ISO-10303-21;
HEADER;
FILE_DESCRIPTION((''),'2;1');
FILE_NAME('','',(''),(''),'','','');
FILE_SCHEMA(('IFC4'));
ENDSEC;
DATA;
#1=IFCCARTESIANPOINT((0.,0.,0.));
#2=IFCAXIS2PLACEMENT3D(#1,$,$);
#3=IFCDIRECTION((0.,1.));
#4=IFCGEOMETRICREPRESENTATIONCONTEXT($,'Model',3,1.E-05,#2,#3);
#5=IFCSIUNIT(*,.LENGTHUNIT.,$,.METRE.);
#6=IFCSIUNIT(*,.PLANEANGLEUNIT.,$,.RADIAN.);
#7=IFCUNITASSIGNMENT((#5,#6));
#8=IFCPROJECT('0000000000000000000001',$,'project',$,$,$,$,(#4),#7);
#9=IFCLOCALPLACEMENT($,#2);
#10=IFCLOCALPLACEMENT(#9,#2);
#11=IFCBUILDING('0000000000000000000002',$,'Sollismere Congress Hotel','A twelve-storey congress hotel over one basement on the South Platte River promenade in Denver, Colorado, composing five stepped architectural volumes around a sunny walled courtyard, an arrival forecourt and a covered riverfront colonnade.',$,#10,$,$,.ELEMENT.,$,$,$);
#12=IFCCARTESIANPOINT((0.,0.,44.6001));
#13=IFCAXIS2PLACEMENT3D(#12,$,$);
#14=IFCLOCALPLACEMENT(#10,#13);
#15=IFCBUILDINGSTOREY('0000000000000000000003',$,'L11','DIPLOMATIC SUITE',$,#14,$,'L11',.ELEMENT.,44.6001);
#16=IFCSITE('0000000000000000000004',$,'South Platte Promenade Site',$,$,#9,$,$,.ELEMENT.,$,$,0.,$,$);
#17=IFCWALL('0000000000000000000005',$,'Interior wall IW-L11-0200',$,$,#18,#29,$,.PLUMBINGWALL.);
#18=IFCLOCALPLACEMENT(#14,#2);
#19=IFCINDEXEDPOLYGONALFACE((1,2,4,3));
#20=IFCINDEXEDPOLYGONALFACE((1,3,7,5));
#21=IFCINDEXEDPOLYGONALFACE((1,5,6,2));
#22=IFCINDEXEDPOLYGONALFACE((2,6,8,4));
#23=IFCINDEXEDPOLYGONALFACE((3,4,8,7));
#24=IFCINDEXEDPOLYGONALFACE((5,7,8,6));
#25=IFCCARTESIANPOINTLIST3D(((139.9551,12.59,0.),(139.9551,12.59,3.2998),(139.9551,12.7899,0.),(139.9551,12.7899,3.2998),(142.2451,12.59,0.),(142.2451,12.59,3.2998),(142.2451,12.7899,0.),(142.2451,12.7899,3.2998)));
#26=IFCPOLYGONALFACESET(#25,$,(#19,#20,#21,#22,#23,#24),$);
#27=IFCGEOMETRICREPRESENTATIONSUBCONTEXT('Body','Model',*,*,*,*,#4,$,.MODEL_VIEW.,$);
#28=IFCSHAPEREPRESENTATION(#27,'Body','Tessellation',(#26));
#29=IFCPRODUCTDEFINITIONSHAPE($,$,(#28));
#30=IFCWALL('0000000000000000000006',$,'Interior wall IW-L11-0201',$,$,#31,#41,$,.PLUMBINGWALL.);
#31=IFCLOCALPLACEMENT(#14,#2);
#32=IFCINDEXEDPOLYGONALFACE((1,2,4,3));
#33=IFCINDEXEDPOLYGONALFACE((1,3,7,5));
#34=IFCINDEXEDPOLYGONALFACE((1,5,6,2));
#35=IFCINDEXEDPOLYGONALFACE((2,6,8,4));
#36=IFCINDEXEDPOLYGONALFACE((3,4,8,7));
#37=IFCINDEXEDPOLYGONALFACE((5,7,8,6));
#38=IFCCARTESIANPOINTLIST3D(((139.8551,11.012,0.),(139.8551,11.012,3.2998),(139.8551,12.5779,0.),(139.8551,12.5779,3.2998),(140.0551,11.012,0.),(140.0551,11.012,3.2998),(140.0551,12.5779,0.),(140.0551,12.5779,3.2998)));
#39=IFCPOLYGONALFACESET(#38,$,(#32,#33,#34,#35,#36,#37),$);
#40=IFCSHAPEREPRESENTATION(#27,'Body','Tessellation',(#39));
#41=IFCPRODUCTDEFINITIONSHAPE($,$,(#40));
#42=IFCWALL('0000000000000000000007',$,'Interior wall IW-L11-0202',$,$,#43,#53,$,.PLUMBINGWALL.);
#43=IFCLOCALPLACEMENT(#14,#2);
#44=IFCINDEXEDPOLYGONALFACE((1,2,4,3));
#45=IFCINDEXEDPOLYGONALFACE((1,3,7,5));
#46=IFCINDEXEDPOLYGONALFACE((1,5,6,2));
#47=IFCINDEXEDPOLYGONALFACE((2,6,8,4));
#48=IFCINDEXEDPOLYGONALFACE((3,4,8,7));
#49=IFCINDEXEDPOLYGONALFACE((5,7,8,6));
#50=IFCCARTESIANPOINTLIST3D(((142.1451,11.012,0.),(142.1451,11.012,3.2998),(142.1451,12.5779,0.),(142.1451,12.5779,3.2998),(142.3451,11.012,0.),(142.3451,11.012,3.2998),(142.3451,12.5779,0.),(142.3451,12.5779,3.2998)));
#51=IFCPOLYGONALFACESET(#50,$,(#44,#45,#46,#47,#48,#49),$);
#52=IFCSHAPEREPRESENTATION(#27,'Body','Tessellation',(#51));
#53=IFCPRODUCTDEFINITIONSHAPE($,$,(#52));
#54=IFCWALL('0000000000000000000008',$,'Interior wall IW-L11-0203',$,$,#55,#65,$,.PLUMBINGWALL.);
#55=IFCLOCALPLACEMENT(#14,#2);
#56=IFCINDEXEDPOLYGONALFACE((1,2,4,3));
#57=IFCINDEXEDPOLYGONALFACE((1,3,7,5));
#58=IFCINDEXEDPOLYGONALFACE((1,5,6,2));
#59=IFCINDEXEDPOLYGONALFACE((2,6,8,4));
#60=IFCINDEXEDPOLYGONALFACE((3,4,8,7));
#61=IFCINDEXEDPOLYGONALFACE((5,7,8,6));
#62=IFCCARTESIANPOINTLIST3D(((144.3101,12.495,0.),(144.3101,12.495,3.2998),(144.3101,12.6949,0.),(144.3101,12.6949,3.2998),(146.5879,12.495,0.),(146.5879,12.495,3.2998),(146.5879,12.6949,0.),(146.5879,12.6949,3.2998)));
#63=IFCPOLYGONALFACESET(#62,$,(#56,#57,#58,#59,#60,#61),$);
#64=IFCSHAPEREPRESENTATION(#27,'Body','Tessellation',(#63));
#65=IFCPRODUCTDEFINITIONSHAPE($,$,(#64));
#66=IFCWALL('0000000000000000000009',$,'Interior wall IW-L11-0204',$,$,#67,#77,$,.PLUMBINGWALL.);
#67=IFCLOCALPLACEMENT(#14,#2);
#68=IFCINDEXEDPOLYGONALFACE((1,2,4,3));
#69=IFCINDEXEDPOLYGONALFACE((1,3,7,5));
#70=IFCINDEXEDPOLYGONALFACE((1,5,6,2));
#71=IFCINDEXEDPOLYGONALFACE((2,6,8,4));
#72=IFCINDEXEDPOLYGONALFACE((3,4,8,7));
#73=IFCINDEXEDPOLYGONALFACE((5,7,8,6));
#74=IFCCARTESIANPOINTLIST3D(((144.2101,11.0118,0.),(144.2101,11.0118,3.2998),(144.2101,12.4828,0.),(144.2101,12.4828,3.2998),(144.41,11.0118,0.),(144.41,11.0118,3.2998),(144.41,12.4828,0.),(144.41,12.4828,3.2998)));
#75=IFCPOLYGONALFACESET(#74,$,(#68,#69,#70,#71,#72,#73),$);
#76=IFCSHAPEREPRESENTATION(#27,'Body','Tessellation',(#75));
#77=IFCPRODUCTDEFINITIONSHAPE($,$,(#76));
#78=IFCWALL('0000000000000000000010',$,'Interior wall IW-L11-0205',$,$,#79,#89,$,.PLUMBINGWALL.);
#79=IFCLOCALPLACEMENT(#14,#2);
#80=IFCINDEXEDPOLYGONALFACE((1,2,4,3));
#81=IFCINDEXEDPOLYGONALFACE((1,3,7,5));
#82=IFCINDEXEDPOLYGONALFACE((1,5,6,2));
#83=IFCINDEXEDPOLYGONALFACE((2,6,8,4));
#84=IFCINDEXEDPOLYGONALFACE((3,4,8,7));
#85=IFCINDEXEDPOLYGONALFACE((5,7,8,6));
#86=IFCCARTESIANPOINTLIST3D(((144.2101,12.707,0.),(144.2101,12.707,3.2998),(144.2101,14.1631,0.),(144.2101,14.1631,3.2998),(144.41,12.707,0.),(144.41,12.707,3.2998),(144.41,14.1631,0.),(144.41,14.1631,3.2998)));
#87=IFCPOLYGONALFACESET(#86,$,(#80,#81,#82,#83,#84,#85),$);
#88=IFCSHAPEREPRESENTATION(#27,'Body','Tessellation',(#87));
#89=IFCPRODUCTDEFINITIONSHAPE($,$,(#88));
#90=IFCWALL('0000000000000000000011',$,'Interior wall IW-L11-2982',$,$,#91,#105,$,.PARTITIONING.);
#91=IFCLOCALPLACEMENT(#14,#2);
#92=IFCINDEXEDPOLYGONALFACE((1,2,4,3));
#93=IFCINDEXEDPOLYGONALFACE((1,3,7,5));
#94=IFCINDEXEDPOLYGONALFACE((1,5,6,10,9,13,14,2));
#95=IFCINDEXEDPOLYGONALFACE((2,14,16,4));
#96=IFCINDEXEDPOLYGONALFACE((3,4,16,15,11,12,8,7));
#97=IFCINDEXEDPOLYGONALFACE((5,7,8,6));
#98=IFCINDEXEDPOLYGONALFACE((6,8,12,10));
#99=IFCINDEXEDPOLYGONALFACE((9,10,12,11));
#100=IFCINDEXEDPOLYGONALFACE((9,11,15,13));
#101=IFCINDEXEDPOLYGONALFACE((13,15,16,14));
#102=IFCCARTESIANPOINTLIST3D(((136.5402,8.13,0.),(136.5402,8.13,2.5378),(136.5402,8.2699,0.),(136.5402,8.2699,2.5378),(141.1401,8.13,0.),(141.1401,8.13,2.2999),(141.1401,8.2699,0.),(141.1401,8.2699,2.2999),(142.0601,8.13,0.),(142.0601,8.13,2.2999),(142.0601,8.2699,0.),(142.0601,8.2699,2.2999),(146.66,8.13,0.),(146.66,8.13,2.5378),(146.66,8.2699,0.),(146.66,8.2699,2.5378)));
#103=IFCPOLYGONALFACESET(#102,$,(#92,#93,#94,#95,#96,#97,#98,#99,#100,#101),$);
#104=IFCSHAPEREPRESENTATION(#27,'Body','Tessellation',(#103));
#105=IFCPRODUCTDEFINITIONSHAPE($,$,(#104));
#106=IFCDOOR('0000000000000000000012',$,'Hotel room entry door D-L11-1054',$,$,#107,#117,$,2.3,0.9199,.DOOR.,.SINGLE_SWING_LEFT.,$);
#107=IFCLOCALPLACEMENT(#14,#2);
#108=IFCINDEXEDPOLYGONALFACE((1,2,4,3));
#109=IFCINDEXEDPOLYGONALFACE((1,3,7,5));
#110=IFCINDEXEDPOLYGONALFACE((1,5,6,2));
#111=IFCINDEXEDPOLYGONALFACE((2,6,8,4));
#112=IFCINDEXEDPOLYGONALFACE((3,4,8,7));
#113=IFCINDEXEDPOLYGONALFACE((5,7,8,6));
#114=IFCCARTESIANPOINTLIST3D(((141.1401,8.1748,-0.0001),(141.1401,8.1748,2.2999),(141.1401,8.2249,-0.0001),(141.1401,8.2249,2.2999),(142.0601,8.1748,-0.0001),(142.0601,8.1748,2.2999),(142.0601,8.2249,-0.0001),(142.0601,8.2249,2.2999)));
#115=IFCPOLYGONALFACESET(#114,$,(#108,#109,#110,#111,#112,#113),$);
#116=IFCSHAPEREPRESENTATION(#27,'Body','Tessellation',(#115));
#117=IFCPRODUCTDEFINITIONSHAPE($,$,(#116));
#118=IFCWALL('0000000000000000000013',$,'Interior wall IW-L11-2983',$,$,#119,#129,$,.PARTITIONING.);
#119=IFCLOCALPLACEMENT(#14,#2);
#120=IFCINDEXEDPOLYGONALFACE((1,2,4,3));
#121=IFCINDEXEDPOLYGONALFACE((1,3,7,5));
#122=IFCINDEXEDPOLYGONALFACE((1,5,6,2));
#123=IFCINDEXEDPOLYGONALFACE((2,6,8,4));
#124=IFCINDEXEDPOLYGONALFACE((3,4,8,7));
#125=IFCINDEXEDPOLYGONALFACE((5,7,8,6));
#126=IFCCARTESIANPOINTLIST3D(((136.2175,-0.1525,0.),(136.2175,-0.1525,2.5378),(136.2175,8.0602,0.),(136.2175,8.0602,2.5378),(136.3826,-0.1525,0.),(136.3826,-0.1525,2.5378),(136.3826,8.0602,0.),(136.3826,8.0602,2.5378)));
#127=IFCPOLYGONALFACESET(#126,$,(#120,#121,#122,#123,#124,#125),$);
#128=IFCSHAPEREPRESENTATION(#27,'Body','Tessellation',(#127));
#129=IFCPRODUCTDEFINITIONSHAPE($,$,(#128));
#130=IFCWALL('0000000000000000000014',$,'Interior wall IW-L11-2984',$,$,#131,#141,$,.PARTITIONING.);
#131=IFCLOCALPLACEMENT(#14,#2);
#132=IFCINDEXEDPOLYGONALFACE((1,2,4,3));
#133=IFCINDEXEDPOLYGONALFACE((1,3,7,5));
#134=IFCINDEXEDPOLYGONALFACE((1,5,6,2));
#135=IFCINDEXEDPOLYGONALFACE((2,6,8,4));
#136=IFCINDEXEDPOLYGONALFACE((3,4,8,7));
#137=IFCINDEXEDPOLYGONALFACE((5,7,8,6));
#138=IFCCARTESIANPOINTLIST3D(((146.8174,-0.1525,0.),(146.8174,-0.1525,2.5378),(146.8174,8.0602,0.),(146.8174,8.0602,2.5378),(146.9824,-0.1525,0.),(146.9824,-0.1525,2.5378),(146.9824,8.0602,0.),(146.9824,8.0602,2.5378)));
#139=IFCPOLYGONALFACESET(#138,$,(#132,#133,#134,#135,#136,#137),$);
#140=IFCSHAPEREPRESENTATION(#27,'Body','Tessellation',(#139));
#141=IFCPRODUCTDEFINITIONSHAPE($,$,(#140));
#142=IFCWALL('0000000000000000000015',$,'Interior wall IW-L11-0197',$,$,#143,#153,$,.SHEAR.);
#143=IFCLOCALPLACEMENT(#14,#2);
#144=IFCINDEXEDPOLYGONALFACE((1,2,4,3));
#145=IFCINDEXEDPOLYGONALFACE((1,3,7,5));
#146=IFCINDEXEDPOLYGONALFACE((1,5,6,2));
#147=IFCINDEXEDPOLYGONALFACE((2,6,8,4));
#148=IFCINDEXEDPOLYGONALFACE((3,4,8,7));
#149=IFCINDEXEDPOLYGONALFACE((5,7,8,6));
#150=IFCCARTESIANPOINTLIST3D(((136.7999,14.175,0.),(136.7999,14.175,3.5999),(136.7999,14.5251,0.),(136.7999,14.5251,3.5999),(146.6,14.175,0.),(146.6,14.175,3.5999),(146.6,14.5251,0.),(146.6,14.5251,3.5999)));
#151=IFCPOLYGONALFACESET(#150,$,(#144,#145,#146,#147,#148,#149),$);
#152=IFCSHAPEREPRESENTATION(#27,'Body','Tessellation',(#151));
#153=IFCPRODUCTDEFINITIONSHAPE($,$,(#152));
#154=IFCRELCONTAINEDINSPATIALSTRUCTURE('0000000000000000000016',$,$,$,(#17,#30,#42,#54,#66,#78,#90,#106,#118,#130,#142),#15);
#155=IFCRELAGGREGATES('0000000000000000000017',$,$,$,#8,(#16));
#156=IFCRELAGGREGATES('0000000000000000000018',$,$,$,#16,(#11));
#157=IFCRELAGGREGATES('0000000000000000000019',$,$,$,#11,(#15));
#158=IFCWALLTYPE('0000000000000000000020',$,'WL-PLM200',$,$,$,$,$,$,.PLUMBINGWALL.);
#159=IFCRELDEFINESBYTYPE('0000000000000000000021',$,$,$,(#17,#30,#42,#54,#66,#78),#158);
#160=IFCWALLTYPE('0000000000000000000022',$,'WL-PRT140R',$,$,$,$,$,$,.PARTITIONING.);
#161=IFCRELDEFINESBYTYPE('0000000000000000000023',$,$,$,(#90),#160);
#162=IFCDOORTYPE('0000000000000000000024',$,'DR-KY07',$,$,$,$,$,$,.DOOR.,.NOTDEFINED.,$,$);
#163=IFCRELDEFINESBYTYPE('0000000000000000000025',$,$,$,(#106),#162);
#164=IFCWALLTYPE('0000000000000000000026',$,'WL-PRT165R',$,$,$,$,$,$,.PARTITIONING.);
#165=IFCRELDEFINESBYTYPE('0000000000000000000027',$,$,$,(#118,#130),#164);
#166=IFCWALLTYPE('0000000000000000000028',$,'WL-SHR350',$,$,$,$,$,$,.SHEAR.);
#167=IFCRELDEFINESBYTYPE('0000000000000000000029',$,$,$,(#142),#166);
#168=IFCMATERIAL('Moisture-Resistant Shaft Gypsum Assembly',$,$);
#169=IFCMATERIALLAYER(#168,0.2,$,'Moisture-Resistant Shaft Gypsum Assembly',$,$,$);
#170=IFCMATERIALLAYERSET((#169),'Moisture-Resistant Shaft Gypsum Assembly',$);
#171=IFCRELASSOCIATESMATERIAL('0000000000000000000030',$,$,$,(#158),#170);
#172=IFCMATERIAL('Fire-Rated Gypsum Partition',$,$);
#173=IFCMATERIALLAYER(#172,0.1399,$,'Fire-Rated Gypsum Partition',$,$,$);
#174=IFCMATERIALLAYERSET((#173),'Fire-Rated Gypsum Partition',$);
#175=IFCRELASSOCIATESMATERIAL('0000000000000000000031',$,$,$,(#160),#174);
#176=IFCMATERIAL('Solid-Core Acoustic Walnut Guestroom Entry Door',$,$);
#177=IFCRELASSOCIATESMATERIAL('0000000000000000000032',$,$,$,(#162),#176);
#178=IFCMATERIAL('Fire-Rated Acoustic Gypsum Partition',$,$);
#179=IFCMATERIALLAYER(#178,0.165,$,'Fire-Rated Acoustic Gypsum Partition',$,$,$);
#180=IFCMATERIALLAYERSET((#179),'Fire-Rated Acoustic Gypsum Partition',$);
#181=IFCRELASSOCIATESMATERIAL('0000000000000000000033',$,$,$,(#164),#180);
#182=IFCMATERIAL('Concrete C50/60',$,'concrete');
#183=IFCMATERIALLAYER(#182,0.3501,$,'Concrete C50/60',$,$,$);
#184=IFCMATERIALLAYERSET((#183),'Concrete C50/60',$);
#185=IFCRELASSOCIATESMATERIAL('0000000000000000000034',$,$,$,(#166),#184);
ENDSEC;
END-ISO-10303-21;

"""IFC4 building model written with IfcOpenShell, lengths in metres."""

from ifc_helpers import new_model, si_unit, direction, frame, frame_2d, origin, place, context, subcontext, project, spatial, rectangle, extrude, material, layer, layer_set, type_object, element, fill, save


model = new_model("IFC4")

# Units and contexts
model_context = context("Model", 3, precision=1e-05, world=origin(), true_north=direction((0.0, 1.0)))
body_context = subcontext(model_context, "Body", "Model", "MODEL_VIEW")
ifc_project = project(units=[si_unit("LENGTHUNIT", "METRE"), si_unit("PLANEANGLEUNIT", "RADIAN")], contexts=[model_context])

# Site, building, storey
site_placement = place(None, origin())
site = spatial("IfcSite", under=ifc_project, at=site_placement, Name="South Platte Promenade Site", CompositionType="ELEMENT", RefElevation=0.0)
building_placement = place(site_placement, origin())
building = spatial("IfcBuilding", under=site, at=building_placement, Name="Sollismere Congress Hotel", Description="A twelve-storey congress hotel over one basement on the South Platte River promenade in Denver, Colorado, composing five stepped architectural volumes around a sunny walled courtyard, an arrival forecourt and a covered riverfront colonnade.", CompositionType="ELEMENT")
storey_placement = place(building_placement, frame((0.0, 0.0, 44.6001)))
storey = spatial("IfcBuildingStorey", under=building, at=storey_placement, Name="L11", Description="DIPLOMATIC SUITE", LongName="L11", CompositionType="ELEMENT", Elevation=44.6001)

# Walls
ifc_material_1 = material(Name="Moisture-Resistant Shaft Gypsum Assembly")
ifc_layer_1 = layer(ifc_material_1, 0.2, Name="Moisture-Resistant Shaft Gypsum Assembly")
ifc_layer_set_1 = layer_set([ifc_layer_1], Name="Moisture-Resistant Shaft Gypsum Assembly")
wall_type_1 = type_object("IfcWallType", Name="WL-PLM200", PredefinedType="PLUMBINGWALL", material=ifc_layer_set_1)
wall_1_placement = place(storey_placement, frame((139.9551, 12.6899, 0.0), z_axis=(0.0, 0.0, 1.0), x_axis=(1.0, 0.0, 0.0)))
element("IfcWall", 1, at=wall_1_placement, inside=storey, type_object=wall_type_1, Name="Interior wall IW-L11-0200", PredefinedType="PLUMBINGWALL", context=body_context, shape_type="SweptSolid", body=[
    extrude(rectangle(XDim=2.29, YDim=0.2, at=frame_2d((1.145, 0.0))), origin(), (0.0, 0.0, 1.0), 3.2998),
])
for number, where, z_axis, x_axis, name in (
    (2, (139.9551, 11.012, 0.0), (0.0, 0.0, 1.0), (0.0, 1.0, 0.0), "Interior wall IW-L11-0201"),
    (3, (142.2451, 11.012, 0.0), (0.0, 0.0, 1.0), (0.0, 1.0, 0.0), "Interior wall IW-L11-0202"),
):
    element("IfcWall", number, at=place(storey_placement, frame(where, z_axis=z_axis, x_axis=x_axis)), inside=storey, type_object=wall_type_1, Name=name, PredefinedType="PLUMBINGWALL", context=body_context, shape_type="SweptSolid", body=[
        extrude(rectangle(XDim=1.5659, YDim=0.2, at=frame_2d((0.783, 0.0))), origin(), (0.0, 0.0, 1.0), 3.2998),
    ])
wall_2_placement = place(storey_placement, frame((144.3101, 12.595, 0.0), z_axis=(0.0, 0.0, 1.0), x_axis=(1.0, 0.0, 0.0)))
element("IfcWall", 4, at=wall_2_placement, inside=storey, type_object=wall_type_1, Name="Interior wall IW-L11-0203", PredefinedType="PLUMBINGWALL", context=body_context, shape_type="SweptSolid", body=[
    extrude(rectangle(XDim=2.2778, YDim=0.2, at=frame_2d((1.1389, 0.0))), origin(), (0.0, 0.0, 1.0), 3.2998),
])
wall_3_placement = place(storey_placement, frame((144.3101, 11.012, 0.0), z_axis=(0.0, 0.0, 1.0), x_axis=(0.0, 1.0, 0.0)))
element("IfcWall", 5, at=wall_3_placement, inside=storey, type_object=wall_type_1, Name="Interior wall IW-L11-0204", PredefinedType="PLUMBINGWALL", context=body_context, shape_type="SweptSolid", body=[
    extrude(rectangle(XDim=1.4709, YDim=0.2, at=frame_2d((0.7354, 0.0))), origin(), (0.0, 0.0, 1.0), 3.2998),
])
wall_4_placement = place(storey_placement, frame((144.3101, 12.707, 0.0), z_axis=(0.0, 0.0, 1.0), x_axis=(0.0, 1.0, 0.0)))
element("IfcWall", 6, at=wall_4_placement, inside=storey, type_object=wall_type_1, Name="Interior wall IW-L11-0205", PredefinedType="PLUMBINGWALL", context=body_context, shape_type="SweptSolid", body=[
    extrude(rectangle(XDim=1.4561, YDim=0.2, at=frame_2d((0.728, 0.0))), origin(), (0.0, 0.0, 1.0), 3.2998),
])

# Wall, opening, door
ifc_material_2 = material(Name="Fire-Rated Gypsum Partition")
ifc_layer_2 = layer(ifc_material_2, 0.1399, Name="Fire-Rated Gypsum Partition")
ifc_layer_set_2 = layer_set([ifc_layer_2], Name="Fire-Rated Gypsum Partition")
wall_type_2 = type_object("IfcWallType", Name="WL-PRT140R", PredefinedType="PARTITIONING", material=ifc_layer_set_2)
wall_5_placement = place(storey_placement, frame((136.54, 8.2, 0.0), z_axis=(0.0, 0.0, 1.0), x_axis=(1.0, 0.0, 0.0)))
wall_5 = element("IfcWall", 7, at=wall_5_placement, inside=storey, type_object=wall_type_2, Name="Interior wall IW-L11-2982", PredefinedType="PARTITIONING", context=body_context, shape_type="SweptSolid", body=[
    extrude(rectangle(XDim=10.1199, YDim=0.1399, at=frame_2d((5.0601, 0.0))), origin(), (0.0, 0.0, 1.0), 2.5378),
])
opening_1_placement = place(wall_5_placement, frame((4.6001, 0.0, 0.0)))
opening_1 = element("IfcOpeningElement", 8, at=opening_1_placement, cuts=wall_5, PredefinedType="OPENING", context=body_context, shape_type="SweptSolid", body=[
    extrude(rectangle(XDim=0.9199, YDim=2.3, at=frame_2d((0.46, 1.1499))), frame((0.0, 0.0798, 0.0), z_axis=(0.0, -1.0, 0.0), x_axis=(1.0, 0.0, 0.0)), (0.0, 0.0, 1.0), 0.1599),
])
ifc_material_3 = material(Name="Solid-Core Acoustic Walnut Guestroom Entry Door")
door_type_1 = type_object("IfcDoorType", Name="DR-KY07", OperationType="NOTDEFINED", PredefinedType="DOOR", material=ifc_material_3)
door_1_placement = place(opening_1_placement, origin())
door_1 = element("IfcDoor", 9, at=door_1_placement, inside=storey, type_object=door_type_1, Name="Hotel room entry door D-L11-1054", OperationType="SINGLE_SWING_LEFT", OverallHeight=2.3, OverallWidth=0.9199, PredefinedType="DOOR", context=body_context, shape_type="SweptSolid", body=[
    extrude(rectangle(XDim=0.9199, YDim=2.3, at=frame_2d((0.46, 1.1499))), frame((0.0, 0.0249, 0.0), z_axis=(0.0, -1.0, 0.0), x_axis=(1.0, 0.0, 0.0)), (0.0, 0.0, 1.0), 0.05),
])
fill(opening_1, door_1)

# Walls
ifc_material_4 = material(Name="Fire-Rated Acoustic Gypsum Partition")
ifc_layer_3 = layer(ifc_material_4, 0.165, Name="Fire-Rated Acoustic Gypsum Partition")
ifc_layer_set_3 = layer_set([ifc_layer_3], Name="Fire-Rated Acoustic Gypsum Partition")
wall_type_3 = type_object("IfcWallType", Name="WL-PRT165R", PredefinedType="PARTITIONING", material=ifc_layer_set_3)
for number, where, z_axis, x_axis, name in (
    (10, (136.3, -0.1526, 0.0), (0.0, 0.0, 1.0), (0.0, 1.0, 0.0), "Interior wall IW-L11-2983"),
    (11, (146.8999, -0.1526, 0.0), (0.0, 0.0, 1.0), (0.0, 1.0, 0.0), "Interior wall IW-L11-2984"),
):
    element("IfcWall", number, at=place(storey_placement, frame(where, z_axis=z_axis, x_axis=x_axis)), inside=storey, type_object=wall_type_3, Name=name, PredefinedType="PARTITIONING", context=body_context, shape_type="SweptSolid", body=[
        extrude(rectangle(XDim=8.2126, YDim=0.165, at=frame_2d((4.1064, 0.0))), origin(), (0.0, 0.0, 1.0), 2.5378),
    ])
ifc_material_5 = material(Name="Concrete C50/60", Category="concrete")
ifc_layer_4 = layer(ifc_material_5, 0.3501, Name="Concrete C50/60")
ifc_layer_set_4 = layer_set([ifc_layer_4], Name="Concrete C50/60")
wall_type_4 = type_object("IfcWallType", Name="WL-SHR350", PredefinedType="SHEAR", material=ifc_layer_set_4)
wall_6_placement = place(storey_placement, frame((136.8, 14.3501, 0.0), z_axis=(0.0, 0.0, 1.0), x_axis=(1.0, 0.0, 0.0)))
element("IfcWall", 12, at=wall_6_placement, inside=storey, type_object=wall_type_4, Name="Interior wall IW-L11-0197", PredefinedType="SHEAR", context=body_context, shape_type="SweptSolid", body=[
    extrude(rectangle(XDim=9.8, YDim=0.3501, at=frame_2d((4.8999, 0.0))), origin(), (0.0, 0.0, 1.0), 3.5999),
])

save(model, "model.ifc")
